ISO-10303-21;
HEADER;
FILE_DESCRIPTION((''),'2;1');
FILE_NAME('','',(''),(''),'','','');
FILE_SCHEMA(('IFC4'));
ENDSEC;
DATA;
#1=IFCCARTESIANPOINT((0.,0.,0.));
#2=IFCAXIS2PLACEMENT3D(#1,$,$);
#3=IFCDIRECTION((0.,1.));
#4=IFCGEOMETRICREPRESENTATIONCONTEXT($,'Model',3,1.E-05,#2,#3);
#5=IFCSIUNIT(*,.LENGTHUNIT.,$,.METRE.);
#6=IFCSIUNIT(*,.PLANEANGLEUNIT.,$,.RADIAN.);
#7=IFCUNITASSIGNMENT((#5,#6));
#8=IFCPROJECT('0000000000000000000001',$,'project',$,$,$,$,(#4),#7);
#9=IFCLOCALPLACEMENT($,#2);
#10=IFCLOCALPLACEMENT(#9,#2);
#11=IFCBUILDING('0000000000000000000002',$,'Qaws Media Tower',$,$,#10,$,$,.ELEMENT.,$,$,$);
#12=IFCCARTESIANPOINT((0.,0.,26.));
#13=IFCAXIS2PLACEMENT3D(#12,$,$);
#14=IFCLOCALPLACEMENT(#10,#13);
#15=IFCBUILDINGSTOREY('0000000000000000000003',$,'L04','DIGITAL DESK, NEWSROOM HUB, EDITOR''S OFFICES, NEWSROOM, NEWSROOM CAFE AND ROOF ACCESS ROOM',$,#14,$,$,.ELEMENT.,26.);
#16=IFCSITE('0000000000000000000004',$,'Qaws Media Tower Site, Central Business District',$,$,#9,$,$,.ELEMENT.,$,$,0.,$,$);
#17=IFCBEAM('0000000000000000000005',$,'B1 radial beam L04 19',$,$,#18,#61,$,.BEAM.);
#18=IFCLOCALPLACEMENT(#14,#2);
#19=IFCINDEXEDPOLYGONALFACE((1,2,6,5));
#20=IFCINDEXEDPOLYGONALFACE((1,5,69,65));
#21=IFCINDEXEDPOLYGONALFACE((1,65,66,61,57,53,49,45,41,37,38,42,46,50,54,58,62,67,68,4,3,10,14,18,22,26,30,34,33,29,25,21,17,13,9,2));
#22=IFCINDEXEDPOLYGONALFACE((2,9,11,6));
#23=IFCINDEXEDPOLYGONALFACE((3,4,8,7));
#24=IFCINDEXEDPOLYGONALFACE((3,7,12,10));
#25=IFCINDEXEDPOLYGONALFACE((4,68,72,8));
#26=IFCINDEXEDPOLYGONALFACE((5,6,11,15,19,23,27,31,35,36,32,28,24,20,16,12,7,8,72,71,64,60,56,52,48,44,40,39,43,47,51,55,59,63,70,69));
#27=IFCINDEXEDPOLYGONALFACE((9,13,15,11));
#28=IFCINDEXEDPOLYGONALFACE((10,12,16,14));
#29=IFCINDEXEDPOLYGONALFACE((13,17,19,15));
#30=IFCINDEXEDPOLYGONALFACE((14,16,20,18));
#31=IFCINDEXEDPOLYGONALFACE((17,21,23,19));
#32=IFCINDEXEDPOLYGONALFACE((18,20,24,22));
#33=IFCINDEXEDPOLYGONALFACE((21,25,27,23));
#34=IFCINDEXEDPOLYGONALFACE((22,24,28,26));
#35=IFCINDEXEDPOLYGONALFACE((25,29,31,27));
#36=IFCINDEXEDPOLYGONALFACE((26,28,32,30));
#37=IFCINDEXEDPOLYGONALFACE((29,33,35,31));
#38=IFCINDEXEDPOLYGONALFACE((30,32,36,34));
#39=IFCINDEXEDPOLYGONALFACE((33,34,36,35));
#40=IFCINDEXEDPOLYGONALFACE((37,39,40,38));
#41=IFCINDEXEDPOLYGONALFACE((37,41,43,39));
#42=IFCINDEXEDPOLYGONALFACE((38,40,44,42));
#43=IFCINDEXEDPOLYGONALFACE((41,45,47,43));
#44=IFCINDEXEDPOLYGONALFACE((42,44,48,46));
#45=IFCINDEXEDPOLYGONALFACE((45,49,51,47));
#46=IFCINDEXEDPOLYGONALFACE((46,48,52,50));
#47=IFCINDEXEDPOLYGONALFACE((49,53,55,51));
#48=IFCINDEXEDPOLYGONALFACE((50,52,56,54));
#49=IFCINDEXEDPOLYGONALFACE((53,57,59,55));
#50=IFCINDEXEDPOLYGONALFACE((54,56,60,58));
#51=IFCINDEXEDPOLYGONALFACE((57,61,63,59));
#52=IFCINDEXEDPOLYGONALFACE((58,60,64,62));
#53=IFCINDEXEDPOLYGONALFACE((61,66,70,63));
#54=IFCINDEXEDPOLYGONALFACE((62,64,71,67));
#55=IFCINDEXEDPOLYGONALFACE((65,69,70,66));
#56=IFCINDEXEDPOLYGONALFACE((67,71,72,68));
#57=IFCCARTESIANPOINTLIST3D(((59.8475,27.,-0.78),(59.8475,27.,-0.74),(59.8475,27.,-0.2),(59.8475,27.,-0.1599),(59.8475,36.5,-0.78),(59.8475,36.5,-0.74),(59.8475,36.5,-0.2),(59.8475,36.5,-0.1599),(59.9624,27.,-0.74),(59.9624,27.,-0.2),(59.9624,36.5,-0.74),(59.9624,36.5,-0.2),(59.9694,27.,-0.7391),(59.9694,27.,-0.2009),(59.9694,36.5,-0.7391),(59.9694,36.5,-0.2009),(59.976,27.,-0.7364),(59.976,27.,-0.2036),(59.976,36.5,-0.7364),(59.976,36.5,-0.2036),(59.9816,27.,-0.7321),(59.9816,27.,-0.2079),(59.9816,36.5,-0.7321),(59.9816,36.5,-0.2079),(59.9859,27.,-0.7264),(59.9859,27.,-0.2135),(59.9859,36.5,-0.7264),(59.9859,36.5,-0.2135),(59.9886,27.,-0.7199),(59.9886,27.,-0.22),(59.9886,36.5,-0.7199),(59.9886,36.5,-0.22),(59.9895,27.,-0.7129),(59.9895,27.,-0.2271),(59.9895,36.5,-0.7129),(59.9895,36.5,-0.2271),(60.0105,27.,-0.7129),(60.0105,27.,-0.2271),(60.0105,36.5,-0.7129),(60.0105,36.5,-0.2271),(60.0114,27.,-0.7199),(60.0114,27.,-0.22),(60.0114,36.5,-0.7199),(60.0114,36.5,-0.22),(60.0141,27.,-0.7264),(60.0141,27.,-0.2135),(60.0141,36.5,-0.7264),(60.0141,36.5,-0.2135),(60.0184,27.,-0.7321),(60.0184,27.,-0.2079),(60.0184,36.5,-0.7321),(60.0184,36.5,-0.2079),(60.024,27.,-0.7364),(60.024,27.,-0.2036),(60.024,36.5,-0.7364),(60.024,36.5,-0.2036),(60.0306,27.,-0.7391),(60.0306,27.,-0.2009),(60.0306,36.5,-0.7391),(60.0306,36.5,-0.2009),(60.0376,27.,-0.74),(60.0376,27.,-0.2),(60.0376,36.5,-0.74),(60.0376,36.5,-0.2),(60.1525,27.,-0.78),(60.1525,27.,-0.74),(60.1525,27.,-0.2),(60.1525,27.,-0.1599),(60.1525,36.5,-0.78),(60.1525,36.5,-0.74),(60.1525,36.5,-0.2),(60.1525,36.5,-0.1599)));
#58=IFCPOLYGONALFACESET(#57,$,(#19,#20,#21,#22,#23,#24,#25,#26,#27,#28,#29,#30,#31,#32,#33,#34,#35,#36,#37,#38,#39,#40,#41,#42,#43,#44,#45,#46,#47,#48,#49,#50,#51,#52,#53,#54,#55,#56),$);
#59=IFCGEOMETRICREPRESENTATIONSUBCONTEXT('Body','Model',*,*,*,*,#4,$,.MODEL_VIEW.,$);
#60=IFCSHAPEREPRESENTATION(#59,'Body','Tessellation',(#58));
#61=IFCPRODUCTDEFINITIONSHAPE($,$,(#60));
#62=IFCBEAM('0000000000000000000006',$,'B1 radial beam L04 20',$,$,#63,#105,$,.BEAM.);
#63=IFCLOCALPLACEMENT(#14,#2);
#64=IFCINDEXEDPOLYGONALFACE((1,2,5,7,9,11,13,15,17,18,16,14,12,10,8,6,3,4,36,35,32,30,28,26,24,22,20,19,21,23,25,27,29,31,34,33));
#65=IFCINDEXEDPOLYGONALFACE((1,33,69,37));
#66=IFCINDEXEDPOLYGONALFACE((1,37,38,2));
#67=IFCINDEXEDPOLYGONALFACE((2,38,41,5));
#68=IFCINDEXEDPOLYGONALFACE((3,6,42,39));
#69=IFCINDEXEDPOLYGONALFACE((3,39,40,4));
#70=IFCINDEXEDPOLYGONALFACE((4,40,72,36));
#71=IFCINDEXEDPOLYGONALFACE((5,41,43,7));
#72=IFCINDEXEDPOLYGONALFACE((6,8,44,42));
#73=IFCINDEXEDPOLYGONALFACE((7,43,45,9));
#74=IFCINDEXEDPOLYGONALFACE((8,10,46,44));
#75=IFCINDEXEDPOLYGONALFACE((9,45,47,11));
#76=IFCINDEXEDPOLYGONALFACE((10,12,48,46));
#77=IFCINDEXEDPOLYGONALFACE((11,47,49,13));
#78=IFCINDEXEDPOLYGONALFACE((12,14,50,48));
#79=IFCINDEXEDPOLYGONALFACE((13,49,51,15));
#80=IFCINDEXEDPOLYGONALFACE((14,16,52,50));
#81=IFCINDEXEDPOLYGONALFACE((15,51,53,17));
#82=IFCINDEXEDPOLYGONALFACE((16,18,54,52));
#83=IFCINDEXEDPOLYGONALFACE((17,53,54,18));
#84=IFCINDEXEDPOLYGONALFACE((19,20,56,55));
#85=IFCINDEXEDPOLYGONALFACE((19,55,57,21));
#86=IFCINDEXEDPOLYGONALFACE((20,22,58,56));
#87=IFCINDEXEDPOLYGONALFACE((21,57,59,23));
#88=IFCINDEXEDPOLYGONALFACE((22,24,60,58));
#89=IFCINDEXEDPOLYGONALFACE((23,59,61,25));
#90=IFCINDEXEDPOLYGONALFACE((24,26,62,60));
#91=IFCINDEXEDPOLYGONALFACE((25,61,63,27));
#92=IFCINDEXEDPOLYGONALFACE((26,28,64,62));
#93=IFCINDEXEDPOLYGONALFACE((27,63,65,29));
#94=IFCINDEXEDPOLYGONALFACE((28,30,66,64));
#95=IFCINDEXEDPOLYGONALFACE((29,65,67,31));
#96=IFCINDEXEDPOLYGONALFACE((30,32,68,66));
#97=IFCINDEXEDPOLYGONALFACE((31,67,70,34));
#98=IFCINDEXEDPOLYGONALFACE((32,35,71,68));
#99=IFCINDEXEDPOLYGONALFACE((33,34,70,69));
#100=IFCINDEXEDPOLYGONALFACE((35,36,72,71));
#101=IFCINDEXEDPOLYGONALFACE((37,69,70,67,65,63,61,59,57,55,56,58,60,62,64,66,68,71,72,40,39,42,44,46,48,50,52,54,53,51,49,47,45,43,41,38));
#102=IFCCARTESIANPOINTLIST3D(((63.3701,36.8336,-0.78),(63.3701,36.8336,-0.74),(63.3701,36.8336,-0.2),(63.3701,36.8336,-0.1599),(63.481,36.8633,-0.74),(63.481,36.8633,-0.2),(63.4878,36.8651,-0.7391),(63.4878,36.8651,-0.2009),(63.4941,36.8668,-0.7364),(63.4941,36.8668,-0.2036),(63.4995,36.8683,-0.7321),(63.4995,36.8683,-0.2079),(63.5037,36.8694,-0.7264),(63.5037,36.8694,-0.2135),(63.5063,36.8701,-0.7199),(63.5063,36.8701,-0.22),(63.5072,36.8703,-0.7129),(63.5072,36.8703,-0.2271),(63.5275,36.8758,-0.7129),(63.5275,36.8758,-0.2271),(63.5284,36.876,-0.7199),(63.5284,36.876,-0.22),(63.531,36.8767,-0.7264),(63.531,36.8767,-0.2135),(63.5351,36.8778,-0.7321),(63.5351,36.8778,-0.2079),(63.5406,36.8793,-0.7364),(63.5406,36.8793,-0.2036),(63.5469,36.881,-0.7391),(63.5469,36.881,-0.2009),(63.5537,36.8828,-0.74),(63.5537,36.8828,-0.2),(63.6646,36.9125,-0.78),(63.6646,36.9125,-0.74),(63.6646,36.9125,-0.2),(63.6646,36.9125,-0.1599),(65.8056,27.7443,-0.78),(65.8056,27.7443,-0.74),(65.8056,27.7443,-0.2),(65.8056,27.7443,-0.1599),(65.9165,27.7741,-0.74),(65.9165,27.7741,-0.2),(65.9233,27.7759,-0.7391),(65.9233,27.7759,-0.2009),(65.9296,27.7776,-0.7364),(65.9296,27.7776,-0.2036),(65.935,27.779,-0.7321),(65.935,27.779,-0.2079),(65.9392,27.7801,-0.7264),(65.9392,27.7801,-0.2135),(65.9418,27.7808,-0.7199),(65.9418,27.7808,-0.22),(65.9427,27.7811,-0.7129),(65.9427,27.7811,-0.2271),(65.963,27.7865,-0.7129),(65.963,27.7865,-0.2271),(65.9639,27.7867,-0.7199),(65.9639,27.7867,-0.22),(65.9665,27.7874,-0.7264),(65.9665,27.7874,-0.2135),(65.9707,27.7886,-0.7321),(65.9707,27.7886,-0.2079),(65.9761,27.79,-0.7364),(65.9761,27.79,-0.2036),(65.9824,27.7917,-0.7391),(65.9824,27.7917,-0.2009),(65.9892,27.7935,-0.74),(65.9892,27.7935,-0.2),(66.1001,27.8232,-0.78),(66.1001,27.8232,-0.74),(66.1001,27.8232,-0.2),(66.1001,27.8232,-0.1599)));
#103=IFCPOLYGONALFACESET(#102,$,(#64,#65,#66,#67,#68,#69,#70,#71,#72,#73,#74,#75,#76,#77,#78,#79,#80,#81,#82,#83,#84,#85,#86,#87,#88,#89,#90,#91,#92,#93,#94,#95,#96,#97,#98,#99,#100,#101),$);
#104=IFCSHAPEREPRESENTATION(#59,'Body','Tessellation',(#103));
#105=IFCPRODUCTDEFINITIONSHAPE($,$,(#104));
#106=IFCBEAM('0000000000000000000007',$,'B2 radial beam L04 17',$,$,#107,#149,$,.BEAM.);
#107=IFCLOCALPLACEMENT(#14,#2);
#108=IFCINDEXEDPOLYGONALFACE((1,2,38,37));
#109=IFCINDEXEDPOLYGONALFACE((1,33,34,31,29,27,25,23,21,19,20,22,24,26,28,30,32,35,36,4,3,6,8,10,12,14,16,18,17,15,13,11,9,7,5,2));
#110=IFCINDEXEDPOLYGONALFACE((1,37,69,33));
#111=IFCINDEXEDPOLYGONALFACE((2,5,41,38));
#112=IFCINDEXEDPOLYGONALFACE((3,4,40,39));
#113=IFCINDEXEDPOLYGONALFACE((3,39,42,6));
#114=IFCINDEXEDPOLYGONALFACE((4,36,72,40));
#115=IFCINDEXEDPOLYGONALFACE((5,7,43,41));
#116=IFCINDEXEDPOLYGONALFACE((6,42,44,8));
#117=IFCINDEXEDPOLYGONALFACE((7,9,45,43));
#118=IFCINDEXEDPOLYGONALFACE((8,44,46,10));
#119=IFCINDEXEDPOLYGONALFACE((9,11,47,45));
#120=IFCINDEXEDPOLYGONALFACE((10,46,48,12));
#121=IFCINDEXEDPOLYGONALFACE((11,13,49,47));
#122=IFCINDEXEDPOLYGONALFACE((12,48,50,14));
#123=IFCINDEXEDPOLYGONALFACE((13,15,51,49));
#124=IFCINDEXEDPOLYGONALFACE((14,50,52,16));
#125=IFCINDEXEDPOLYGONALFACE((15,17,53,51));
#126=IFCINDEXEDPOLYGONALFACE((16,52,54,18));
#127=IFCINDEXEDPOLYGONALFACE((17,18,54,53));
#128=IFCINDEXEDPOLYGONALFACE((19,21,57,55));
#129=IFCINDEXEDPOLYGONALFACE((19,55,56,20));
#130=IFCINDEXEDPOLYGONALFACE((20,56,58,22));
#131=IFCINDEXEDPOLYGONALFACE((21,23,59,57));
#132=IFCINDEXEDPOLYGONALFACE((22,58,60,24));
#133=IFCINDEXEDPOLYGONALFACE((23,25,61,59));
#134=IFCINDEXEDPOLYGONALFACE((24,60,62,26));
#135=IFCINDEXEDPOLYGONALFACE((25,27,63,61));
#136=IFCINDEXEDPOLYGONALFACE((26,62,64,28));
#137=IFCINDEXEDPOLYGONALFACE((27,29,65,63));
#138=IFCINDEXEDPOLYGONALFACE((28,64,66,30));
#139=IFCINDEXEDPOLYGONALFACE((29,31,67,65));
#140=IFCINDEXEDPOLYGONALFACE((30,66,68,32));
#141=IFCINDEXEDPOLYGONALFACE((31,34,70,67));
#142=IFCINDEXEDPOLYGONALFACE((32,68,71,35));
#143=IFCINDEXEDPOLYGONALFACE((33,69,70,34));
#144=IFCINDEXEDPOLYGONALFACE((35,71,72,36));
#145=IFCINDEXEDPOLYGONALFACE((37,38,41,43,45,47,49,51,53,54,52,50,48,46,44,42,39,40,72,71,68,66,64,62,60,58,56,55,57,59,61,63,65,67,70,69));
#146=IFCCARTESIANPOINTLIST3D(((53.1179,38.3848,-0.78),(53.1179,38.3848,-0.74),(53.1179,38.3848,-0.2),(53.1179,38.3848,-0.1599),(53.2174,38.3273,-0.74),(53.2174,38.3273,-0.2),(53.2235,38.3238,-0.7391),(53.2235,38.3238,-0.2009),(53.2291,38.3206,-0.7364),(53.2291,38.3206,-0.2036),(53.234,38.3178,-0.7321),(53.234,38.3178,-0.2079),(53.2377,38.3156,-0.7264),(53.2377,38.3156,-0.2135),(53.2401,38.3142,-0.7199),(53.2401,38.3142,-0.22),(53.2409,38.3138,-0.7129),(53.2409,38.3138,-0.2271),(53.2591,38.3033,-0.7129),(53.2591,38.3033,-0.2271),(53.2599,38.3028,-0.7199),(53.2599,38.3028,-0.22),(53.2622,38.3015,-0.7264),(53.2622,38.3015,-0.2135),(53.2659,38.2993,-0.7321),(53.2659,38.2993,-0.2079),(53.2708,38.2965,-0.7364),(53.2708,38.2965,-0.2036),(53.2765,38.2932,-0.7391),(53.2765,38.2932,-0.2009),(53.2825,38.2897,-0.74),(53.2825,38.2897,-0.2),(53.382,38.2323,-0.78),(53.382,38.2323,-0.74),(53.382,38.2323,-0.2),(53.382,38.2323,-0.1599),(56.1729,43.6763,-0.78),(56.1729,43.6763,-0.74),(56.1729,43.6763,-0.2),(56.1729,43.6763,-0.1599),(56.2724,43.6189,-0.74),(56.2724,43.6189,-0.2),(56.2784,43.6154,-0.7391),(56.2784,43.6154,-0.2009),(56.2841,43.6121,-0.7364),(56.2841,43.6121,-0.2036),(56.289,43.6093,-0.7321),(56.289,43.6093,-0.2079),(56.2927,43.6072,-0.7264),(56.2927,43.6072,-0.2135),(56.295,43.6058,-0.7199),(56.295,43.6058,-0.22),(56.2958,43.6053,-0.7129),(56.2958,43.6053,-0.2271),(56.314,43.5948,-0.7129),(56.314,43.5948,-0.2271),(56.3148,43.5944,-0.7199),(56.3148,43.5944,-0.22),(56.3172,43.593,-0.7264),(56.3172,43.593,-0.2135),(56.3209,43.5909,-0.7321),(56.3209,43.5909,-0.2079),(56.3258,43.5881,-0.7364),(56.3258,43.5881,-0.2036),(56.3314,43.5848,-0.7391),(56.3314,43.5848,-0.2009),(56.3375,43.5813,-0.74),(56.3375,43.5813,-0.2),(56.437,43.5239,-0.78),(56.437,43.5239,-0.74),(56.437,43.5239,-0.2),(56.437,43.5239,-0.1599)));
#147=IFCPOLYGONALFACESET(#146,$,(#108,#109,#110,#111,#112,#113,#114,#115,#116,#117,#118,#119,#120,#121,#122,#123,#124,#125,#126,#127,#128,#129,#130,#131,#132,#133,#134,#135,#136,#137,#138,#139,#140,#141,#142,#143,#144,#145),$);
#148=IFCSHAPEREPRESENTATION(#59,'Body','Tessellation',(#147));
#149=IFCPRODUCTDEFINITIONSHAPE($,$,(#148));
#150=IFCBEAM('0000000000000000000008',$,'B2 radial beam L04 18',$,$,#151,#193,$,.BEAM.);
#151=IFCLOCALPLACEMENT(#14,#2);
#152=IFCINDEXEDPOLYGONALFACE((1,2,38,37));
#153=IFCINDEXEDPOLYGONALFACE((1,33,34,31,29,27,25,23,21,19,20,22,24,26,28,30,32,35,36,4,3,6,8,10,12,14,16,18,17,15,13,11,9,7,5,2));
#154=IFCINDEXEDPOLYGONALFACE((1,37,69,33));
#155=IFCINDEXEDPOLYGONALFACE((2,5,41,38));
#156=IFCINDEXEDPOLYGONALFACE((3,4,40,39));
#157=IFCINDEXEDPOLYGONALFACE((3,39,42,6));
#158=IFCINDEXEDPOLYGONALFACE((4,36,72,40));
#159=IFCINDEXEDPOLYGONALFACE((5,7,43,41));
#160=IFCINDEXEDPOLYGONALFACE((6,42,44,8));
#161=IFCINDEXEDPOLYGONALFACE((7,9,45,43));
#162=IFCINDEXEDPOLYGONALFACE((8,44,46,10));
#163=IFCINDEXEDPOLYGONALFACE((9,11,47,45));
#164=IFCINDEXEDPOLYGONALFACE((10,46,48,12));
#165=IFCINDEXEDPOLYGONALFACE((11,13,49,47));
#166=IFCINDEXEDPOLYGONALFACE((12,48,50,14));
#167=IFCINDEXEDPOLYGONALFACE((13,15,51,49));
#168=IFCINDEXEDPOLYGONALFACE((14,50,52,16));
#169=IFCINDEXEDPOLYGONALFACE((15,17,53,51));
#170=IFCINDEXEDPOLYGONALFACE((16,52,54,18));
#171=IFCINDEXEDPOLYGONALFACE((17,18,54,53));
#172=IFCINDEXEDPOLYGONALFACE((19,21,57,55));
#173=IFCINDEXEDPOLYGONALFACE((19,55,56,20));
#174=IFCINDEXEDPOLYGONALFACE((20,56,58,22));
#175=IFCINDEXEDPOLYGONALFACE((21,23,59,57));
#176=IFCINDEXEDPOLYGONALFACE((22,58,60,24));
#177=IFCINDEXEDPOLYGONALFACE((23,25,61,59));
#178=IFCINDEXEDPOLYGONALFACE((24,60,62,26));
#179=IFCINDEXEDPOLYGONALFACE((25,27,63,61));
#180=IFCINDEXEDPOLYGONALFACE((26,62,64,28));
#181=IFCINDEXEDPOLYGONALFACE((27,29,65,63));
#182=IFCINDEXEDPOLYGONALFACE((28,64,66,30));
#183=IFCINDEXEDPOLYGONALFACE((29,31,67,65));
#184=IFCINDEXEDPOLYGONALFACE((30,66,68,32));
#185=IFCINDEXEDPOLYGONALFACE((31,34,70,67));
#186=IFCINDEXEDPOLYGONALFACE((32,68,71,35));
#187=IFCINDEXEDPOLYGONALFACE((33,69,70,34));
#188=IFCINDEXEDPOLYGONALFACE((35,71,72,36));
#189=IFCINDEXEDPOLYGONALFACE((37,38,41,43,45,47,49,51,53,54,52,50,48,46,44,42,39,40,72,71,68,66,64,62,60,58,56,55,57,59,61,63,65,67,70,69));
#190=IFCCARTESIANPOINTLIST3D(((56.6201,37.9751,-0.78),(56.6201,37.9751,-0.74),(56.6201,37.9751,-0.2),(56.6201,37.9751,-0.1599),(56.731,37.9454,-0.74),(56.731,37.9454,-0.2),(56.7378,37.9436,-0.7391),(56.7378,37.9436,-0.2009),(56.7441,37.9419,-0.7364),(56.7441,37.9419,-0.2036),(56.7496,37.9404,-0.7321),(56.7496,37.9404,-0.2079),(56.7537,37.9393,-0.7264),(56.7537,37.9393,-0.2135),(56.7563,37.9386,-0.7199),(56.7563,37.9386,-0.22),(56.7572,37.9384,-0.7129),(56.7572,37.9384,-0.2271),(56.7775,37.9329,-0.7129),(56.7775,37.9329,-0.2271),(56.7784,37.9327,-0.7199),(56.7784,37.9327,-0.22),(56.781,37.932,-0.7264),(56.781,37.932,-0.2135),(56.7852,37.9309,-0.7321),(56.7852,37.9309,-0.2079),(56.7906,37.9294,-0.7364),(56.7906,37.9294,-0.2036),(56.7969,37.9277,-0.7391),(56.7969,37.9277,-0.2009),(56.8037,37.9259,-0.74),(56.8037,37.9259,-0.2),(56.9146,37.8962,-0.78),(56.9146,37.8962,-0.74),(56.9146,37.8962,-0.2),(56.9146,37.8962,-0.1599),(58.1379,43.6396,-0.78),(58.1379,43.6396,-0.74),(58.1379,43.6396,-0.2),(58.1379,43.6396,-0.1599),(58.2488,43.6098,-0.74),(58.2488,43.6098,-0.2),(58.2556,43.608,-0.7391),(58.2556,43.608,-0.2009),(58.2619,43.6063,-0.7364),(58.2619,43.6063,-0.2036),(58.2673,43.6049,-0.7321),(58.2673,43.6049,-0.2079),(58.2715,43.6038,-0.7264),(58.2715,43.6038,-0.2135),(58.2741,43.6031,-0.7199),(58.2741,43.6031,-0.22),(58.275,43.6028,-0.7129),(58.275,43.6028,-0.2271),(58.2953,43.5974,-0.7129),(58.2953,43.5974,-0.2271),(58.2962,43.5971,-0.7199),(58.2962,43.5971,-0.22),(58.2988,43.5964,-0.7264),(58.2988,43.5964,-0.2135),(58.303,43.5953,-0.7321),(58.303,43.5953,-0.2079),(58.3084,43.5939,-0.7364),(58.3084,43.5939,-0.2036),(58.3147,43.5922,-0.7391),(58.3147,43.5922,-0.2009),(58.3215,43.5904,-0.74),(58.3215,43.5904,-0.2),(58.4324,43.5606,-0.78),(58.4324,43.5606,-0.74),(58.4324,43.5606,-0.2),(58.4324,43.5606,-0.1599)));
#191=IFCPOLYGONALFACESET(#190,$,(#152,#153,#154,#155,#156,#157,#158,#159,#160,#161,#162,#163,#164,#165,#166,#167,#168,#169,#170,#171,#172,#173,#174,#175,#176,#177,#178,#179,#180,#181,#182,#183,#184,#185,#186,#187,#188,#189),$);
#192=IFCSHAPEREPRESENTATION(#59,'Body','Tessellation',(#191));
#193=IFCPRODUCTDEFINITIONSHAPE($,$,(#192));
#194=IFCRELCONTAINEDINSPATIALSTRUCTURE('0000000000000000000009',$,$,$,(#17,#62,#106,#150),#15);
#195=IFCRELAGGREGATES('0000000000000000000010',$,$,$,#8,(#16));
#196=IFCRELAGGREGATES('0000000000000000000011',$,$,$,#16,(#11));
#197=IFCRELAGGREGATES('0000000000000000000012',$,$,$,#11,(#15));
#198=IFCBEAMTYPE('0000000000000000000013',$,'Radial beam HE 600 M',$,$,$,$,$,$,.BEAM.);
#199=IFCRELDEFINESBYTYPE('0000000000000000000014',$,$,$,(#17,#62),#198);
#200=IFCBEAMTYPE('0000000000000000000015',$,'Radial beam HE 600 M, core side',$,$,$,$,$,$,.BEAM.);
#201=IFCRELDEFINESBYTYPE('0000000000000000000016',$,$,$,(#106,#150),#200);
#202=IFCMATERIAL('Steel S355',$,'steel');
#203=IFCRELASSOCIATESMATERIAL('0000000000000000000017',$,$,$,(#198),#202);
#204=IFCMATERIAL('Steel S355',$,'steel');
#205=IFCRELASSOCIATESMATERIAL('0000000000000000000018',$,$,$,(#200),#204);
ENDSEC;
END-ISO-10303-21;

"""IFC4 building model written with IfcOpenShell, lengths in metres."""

from ifc_helpers import new_model, si_unit, direction, frame, origin, origin_2d, place, context, subcontext, project, spatial, i_section, extrude, material, material_profile, profile_set, type_object, element, save


model = new_model("IFC4")

# Units and contexts
model_context = context("Model", 3, precision=1e-05, world=origin(), true_north=direction((0.0, 1.0)))
body_context = subcontext(model_context, "Body", "Model", "MODEL_VIEW")
ifc_project = project(units=[si_unit("LENGTHUNIT", "METRE"), si_unit("PLANEANGLEUNIT", "RADIAN")], contexts=[model_context])

# Site, building, storey
site_placement = place(None, origin())
site = spatial("IfcSite", under=ifc_project, at=site_placement, Name="Qaws Media Tower Site, Central Business District", CompositionType="ELEMENT", RefElevation=0.0)
building_placement = place(site_placement, origin())
building = spatial("IfcBuilding", under=site, at=building_placement, Name="Qaws Media Tower", CompositionType="ELEMENT")
storey_placement = place(building_placement, frame((0.0, 0.0, 26.0)))
storey = spatial("IfcBuildingStorey", under=building, at=storey_placement, Name="L04", Description="DIGITAL DESK, NEWSROOM HUB, EDITOR'S OFFICES, NEWSROOM, NEWSROOM CAFE AND ROOF ACCESS ROOM", CompositionType="ELEMENT", Elevation=26.0)

# Beams
ifc_material_1 = material(Name="Steel S355", Category="steel")
ifc_material_profile_1 = material_profile(ifc_material_1, i_section(OverallWidth=0.3049, OverallDepth=0.6201, WebThickness=0.021, FlangeThickness=0.04, FilletRadius=0.0271, at=origin_2d()), Name="HE 600 M")
ifc_profile_set_1 = profile_set([ifc_material_profile_1], Name="Steel S355")
beam_type_1 = type_object("IfcBeamType", Name="Radial beam HE 600 M", PredefinedType="BEAM", material=ifc_profile_set_1)
beam_1_placement = place(storey_placement, frame((60.0, 36.5, -0.47), z_axis=(0.0, -1.0, 0.0), x_axis=(1.0, 0.0, 0.0)))
element("IfcBeam", 1, at=beam_1_placement, inside=storey, type_object=beam_type_1, Name="B1 radial beam L04 19", PredefinedType="BEAM", context=body_context, shape_type="SweptSolid", body=[
    extrude(i_section(OverallWidth=0.3049, OverallDepth=0.6201, WebThickness=0.021, FlangeThickness=0.04, FilletRadius=0.0271, at=origin_2d()), origin(), (0.0, 0.0, 1.0), 9.5),
])
beam_2_placement = place(storey_placement, frame((63.5173, 36.873, -0.47), z_axis=(0.258825, -0.965924, 0.0), x_axis=(0.965924, 0.258825, 0.0)))
element("IfcBeam", 2, at=beam_2_placement, inside=storey, type_object=beam_type_1, Name="B1 radial beam L04 20", PredefinedType="BEAM", context=body_context, shape_type="SweptSolid", body=[
    extrude(i_section(OverallWidth=0.3049, OverallDepth=0.6201, WebThickness=0.021, FlangeThickness=0.04, FilletRadius=0.0271, at=origin_2d()), origin(), (0.0, 0.0, 1.0), 9.4099),
])
ifc_material_2 = material(Name="Steel S355", Category="steel")
ifc_material_profile_2 = material_profile(ifc_material_2, i_section(OverallWidth=0.3049, OverallDepth=0.6201, WebThickness=0.021, FlangeThickness=0.04, FilletRadius=0.0271, at=origin_2d()), Name="HE 600 M")
ifc_profile_set_2 = profile_set([ifc_material_profile_2], Name="Steel S355")
beam_type_2 = type_object("IfcBeamType", Name="Radial beam HE 600 M, core side", PredefinedType="BEAM", material=ifc_profile_set_2)
beam_3_placement = place(storey_placement, frame((56.3049, 43.6001, -0.47), z_axis=(-0.499985, -0.866034, 0.0), x_axis=(0.866034, -0.499985, 0.0)))
element("IfcBeam", 3, at=beam_3_placement, inside=storey, type_object=beam_type_2, Name="B2 radial beam L04 17", PredefinedType="BEAM", context=body_context, shape_type="SweptSolid", body=[
    extrude(i_section(OverallWidth=0.3049, OverallDepth=0.6201, WebThickness=0.021, FlangeThickness=0.04, FilletRadius=0.0271, at=origin_2d()), origin(), (0.0, 0.0, 1.0), 6.1101),
])
beam_4_placement = place(storey_placement, frame((58.2852, 43.6001, -0.47), z_axis=(-0.258821, -0.965925, 0.0), x_axis=(0.965925, -0.258821, 0.0)))
element("IfcBeam", 4, at=beam_4_placement, inside=storey, type_object=beam_type_2, Name="B2 radial beam L04 18", PredefinedType="BEAM", context=body_context, shape_type="SweptSolid", body=[
    extrude(i_section(OverallWidth=0.3049, OverallDepth=0.6201, WebThickness=0.021, FlangeThickness=0.04, FilletRadius=0.0271, at=origin_2d()), origin(), (0.0, 0.0, 1.0), 5.8643),
])

save(model, "model.ifc")
